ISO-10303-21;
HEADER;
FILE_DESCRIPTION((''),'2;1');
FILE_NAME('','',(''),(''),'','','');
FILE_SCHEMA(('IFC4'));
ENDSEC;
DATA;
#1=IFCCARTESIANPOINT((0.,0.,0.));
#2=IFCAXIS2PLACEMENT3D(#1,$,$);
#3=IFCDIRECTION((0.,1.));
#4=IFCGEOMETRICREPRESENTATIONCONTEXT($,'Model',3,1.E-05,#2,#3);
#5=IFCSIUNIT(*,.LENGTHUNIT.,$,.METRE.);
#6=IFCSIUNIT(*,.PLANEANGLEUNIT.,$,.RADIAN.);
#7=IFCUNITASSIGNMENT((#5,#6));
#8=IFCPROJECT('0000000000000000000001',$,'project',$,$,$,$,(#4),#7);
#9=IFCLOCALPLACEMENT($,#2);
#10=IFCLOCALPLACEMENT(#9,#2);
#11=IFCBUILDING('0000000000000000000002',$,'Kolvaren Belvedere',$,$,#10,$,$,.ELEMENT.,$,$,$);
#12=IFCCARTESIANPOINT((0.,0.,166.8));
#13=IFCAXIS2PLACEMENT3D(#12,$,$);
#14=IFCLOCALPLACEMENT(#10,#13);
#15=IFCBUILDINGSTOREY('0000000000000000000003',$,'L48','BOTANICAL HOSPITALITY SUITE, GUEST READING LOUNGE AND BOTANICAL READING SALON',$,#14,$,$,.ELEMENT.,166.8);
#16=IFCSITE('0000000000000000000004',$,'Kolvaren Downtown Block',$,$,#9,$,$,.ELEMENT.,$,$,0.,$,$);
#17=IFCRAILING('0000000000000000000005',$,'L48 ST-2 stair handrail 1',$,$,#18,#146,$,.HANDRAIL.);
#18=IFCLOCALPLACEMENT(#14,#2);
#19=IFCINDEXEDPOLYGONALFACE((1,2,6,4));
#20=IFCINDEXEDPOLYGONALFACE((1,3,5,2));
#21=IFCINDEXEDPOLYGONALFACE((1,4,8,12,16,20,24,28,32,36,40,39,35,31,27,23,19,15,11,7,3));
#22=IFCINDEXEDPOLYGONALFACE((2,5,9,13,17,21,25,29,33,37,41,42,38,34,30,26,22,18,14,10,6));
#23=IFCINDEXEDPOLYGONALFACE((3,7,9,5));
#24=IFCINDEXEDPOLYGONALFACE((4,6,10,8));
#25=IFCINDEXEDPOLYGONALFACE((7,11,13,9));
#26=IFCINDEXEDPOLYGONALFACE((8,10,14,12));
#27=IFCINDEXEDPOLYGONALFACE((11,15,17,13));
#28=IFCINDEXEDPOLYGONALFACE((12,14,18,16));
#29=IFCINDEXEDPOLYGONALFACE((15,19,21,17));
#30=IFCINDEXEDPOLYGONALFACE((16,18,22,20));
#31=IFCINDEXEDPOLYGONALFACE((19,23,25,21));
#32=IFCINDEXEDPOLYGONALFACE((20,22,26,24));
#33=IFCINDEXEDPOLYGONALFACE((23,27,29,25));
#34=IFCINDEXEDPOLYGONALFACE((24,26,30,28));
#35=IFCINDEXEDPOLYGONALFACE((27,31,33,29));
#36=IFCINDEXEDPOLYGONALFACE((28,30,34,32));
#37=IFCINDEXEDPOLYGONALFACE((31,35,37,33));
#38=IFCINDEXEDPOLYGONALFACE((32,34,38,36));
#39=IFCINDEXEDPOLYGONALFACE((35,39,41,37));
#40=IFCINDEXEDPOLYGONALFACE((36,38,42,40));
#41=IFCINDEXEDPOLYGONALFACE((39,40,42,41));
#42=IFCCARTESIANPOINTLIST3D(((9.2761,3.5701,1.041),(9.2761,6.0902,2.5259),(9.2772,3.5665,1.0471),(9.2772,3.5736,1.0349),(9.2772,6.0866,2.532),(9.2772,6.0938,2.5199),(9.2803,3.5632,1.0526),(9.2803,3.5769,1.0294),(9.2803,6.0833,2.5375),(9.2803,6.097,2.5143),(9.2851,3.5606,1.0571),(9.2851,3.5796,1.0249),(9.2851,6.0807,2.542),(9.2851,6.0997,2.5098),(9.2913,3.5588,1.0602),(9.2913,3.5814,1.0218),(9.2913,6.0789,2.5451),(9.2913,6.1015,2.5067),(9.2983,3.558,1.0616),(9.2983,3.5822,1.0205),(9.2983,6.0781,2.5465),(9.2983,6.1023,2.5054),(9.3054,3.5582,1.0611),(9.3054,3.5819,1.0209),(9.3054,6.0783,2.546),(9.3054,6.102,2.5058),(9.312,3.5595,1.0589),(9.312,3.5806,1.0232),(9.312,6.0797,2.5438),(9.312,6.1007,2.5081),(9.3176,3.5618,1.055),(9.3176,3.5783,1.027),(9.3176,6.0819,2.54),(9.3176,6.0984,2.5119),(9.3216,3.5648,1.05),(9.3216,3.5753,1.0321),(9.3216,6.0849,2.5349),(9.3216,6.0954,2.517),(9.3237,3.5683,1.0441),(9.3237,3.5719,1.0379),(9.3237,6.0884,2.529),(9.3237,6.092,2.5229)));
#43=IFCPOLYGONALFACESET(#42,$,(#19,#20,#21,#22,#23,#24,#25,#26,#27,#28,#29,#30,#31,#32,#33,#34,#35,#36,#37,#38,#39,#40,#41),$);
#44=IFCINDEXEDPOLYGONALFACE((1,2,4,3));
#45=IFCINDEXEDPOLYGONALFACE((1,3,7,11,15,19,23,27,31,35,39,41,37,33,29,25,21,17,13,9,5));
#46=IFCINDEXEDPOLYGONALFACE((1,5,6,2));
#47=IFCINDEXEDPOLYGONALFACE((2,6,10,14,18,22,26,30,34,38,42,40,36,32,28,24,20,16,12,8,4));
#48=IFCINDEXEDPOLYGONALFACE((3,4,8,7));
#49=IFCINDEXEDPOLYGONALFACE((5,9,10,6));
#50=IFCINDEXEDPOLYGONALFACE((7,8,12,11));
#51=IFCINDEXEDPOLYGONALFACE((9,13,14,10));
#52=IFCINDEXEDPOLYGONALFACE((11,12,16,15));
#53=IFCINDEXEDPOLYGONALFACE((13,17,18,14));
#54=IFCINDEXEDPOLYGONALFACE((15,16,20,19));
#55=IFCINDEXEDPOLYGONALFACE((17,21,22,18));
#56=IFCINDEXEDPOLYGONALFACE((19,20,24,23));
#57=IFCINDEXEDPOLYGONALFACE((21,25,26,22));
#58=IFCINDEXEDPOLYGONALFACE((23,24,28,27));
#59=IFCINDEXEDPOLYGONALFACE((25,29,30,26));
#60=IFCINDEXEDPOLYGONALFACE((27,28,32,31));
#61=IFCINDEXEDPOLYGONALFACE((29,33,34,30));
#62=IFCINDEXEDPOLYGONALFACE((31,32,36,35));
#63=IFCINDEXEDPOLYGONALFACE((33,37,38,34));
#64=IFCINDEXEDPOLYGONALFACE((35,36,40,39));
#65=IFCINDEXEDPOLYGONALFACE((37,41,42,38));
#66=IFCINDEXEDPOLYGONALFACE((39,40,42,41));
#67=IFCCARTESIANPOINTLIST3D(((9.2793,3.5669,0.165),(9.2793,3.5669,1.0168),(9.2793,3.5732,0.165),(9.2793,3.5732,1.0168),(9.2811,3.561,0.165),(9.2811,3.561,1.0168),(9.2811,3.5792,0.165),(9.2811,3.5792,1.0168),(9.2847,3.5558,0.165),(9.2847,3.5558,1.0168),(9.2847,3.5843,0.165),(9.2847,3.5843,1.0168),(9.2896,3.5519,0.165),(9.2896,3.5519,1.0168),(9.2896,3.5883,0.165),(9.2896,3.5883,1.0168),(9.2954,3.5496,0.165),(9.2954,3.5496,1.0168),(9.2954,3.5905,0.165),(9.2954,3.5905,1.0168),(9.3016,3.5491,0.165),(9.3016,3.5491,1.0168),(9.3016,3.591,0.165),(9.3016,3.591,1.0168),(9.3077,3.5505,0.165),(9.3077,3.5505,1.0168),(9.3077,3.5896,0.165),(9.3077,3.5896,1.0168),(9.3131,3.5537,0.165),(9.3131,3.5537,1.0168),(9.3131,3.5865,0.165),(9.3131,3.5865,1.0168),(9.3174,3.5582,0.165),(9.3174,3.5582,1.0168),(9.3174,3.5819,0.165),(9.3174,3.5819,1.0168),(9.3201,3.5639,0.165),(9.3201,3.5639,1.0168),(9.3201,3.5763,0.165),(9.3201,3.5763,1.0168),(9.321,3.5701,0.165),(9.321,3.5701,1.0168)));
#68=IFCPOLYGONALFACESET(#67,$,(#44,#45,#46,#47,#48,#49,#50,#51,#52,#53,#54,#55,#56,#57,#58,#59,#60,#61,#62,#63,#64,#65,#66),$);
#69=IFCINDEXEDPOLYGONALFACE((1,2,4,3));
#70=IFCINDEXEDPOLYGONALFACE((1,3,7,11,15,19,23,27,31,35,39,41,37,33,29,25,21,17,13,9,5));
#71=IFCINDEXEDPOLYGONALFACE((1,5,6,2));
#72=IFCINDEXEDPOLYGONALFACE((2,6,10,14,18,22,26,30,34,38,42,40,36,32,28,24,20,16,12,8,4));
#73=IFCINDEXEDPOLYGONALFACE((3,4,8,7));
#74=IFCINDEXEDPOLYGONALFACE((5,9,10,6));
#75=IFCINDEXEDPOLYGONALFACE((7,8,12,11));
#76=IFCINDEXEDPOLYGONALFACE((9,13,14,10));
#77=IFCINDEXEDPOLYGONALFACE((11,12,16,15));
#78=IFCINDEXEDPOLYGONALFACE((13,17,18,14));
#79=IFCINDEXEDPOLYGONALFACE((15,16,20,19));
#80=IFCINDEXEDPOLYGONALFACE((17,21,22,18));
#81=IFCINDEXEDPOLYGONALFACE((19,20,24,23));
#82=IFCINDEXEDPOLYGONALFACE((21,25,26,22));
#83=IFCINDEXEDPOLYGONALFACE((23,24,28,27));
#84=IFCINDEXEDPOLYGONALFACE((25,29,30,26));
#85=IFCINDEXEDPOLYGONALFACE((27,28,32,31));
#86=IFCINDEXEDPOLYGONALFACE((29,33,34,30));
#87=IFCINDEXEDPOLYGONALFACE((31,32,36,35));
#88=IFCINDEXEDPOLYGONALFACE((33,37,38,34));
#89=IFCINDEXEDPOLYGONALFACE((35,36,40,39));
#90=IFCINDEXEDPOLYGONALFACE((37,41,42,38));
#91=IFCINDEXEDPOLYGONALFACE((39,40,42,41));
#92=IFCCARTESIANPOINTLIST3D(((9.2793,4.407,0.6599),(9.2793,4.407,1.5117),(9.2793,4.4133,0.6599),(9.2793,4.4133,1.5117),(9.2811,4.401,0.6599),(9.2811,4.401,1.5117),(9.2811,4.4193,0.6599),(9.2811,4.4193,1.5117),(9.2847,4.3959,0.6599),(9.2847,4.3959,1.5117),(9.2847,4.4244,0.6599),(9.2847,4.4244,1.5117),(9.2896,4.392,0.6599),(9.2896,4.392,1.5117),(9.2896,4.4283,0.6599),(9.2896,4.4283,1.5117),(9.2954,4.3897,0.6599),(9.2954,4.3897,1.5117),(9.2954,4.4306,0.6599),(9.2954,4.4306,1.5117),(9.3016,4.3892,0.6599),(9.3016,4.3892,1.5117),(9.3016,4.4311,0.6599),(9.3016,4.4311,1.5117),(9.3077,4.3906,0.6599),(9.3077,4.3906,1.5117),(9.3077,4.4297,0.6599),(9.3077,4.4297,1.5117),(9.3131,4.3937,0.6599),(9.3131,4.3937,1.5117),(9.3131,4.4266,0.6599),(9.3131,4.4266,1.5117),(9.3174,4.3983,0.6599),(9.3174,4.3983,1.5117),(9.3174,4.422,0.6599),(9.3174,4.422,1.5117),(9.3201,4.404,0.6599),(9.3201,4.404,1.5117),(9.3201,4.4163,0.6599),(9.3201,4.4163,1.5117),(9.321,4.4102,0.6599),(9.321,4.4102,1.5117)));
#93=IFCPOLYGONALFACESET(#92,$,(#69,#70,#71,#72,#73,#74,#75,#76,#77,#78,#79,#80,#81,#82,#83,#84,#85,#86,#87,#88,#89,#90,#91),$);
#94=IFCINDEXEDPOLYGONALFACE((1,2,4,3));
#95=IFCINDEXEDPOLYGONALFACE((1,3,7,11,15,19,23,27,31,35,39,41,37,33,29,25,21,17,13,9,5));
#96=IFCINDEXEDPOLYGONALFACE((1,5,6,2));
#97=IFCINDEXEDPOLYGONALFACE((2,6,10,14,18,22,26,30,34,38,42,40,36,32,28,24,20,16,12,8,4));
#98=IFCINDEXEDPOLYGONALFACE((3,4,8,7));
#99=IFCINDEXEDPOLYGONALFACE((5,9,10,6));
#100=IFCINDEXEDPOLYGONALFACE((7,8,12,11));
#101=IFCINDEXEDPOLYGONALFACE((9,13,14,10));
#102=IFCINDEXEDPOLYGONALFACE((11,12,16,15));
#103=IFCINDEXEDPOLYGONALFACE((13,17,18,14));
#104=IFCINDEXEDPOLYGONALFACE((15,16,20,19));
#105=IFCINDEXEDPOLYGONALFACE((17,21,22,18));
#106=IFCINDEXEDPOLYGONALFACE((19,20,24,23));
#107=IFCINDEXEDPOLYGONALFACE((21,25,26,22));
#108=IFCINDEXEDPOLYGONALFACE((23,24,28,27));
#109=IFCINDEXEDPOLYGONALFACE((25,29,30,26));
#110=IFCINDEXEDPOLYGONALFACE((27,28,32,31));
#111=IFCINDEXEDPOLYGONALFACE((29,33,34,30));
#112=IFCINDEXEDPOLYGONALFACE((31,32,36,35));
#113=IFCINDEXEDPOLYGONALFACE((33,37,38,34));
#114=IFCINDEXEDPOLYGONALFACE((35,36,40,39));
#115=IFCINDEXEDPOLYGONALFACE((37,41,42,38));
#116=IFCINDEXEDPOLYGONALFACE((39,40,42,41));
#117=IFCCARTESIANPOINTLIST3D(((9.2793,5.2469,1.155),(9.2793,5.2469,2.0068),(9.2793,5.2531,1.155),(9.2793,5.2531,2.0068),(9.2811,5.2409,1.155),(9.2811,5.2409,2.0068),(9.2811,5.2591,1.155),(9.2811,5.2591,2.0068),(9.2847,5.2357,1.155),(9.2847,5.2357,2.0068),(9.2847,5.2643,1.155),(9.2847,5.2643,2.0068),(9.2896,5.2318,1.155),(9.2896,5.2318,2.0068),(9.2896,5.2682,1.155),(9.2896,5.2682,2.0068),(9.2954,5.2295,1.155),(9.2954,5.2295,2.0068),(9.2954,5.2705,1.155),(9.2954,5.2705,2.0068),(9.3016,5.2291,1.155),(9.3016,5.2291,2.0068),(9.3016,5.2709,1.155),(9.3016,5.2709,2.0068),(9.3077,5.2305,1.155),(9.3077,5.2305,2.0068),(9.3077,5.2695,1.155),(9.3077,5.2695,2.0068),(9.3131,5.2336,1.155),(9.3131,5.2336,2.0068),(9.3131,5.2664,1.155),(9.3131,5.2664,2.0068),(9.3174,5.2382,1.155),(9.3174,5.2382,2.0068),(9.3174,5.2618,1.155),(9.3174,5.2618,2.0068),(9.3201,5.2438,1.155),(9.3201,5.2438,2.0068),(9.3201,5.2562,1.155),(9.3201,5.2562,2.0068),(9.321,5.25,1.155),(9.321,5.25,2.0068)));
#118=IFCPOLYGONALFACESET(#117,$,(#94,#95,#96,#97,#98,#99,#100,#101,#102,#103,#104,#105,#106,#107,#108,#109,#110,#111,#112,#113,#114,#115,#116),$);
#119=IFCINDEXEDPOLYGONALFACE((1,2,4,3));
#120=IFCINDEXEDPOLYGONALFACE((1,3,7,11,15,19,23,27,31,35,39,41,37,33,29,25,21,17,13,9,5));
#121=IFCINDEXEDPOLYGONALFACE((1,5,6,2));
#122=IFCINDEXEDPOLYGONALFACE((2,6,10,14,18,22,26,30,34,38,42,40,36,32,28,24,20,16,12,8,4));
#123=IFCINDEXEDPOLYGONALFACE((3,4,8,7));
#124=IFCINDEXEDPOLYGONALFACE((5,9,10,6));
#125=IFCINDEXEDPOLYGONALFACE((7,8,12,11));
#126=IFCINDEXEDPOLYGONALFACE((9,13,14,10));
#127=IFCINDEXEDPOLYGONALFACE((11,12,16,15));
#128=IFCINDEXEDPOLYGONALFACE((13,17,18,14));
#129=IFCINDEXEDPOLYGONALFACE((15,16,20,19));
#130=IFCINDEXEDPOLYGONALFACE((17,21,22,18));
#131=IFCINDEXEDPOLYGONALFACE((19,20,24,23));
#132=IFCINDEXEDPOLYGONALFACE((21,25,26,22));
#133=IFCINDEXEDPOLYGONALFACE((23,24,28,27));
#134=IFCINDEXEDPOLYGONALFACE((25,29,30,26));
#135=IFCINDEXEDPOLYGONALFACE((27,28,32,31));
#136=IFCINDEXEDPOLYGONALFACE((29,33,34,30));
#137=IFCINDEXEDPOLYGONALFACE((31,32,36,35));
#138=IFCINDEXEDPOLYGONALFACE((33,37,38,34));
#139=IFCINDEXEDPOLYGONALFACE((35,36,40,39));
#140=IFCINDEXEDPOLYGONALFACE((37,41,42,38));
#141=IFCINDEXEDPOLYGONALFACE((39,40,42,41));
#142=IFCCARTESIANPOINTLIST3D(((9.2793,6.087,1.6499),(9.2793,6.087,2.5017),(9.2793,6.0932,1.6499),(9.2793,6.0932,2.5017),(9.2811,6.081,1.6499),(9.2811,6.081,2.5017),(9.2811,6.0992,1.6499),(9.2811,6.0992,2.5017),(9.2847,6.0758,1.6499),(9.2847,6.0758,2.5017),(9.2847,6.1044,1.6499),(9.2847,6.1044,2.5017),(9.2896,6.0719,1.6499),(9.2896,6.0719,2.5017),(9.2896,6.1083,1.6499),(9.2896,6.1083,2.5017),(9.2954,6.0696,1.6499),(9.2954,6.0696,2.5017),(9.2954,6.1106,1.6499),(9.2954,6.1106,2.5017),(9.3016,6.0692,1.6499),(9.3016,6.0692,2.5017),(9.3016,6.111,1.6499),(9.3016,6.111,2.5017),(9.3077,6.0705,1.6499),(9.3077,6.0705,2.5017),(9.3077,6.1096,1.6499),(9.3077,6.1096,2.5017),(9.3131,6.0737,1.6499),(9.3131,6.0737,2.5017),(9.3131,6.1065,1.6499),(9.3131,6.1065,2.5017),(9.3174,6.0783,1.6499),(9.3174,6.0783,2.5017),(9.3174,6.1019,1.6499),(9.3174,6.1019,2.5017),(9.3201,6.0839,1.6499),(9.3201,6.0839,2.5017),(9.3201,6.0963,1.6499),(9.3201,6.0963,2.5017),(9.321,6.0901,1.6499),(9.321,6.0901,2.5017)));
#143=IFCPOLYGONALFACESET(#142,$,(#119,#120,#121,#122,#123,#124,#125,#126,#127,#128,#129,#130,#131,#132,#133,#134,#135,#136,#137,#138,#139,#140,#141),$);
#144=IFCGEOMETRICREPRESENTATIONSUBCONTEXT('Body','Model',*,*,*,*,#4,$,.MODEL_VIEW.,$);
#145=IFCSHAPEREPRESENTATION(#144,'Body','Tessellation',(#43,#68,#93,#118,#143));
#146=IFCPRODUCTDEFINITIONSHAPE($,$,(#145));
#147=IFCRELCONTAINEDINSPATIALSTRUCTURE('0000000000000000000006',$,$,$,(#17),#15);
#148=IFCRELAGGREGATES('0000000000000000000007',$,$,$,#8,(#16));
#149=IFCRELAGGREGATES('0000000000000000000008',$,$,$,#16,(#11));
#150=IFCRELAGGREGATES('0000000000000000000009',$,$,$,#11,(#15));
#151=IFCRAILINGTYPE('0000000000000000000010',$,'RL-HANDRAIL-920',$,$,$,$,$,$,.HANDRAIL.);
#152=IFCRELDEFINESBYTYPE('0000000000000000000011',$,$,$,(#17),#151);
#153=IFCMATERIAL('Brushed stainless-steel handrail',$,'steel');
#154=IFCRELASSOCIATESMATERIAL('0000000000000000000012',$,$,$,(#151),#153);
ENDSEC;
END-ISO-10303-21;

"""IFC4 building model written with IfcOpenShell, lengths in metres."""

from ifc_helpers import new_model, si_unit, direction, frame, origin, origin_2d, place, context, subcontext, project, spatial, circle, extrude, material, type_object, element, save


model = new_model("IFC4")

# Units and contexts
model_context = context("Model", 3, precision=1e-05, world=origin(), true_north=direction((0.0, 1.0)))
body_context = subcontext(model_context, "Body", "Model", "MODEL_VIEW")
ifc_project = project(units=[si_unit("LENGTHUNIT", "METRE"), si_unit("PLANEANGLEUNIT", "RADIAN")], contexts=[model_context])

# Site, building, storey
site_placement = place(None, origin())
site = spatial("IfcSite", under=ifc_project, at=site_placement, Name="Kolvaren Downtown Block", CompositionType="ELEMENT", RefElevation=0.0)
building_placement = place(site_placement, origin())
building = spatial("IfcBuilding", under=site, at=building_placement, Name="Kolvaren Belvedere", CompositionType="ELEMENT")
storey_placement = place(building_placement, frame((0.0, 0.0, 166.8)))
storey = spatial("IfcBuildingStorey", under=building, at=storey_placement, Name="L48", Description="BOTANICAL HOSPITALITY SUITE, GUEST READING LOUNGE AND BOTANICAL READING SALON", CompositionType="ELEMENT", Elevation=166.8)

# Railing
ifc_material_1 = material(Name="Brushed stainless-steel handrail", Category="steel")
railing_type_1 = type_object("IfcRailingType", Name="RL-HANDRAIL-920", PredefinedType="HANDRAIL", material=ifc_material_1)
railing_1_placement = place(storey_placement, frame((9.3, 3.5701, 0.165)))
element("IfcRailing", 1, at=railing_1_placement, inside=storey, type_object=railing_type_1, Name="L48 ST-2 stair handrail 1", PredefinedType="HANDRAIL", context=body_context, shape_type="SweptSolid", body=[
    extrude(circle(Radius=0.0239, at=origin_2d()), frame((0.0, 0.0, 0.876), z_axis=(0.0, 0.861561, 0.507655), x_axis=(-1.0, 0.0, 0.0)), (0.0, 0.0, 1.0), 2.925),
    extrude(circle(Radius=0.021, at=origin_2d()), origin(), (0.0, 0.0, 1.0), 0.8518),
    extrude(circle(Radius=0.021, at=origin_2d()), frame((0.0, 0.8401, 0.4949)), (0.0, 0.0, 1.0), 0.8518),
    extrude(circle(Radius=0.021, at=origin_2d()), frame((0.0, 1.6799, 0.99)), (0.0, 0.0, 1.0), 0.8518),
    extrude(circle(Radius=0.021, at=origin_2d()), frame((0.0, 2.52, 1.4849)), (0.0, 0.0, 1.0), 0.8518),
])

save(model, "model.ifc")
